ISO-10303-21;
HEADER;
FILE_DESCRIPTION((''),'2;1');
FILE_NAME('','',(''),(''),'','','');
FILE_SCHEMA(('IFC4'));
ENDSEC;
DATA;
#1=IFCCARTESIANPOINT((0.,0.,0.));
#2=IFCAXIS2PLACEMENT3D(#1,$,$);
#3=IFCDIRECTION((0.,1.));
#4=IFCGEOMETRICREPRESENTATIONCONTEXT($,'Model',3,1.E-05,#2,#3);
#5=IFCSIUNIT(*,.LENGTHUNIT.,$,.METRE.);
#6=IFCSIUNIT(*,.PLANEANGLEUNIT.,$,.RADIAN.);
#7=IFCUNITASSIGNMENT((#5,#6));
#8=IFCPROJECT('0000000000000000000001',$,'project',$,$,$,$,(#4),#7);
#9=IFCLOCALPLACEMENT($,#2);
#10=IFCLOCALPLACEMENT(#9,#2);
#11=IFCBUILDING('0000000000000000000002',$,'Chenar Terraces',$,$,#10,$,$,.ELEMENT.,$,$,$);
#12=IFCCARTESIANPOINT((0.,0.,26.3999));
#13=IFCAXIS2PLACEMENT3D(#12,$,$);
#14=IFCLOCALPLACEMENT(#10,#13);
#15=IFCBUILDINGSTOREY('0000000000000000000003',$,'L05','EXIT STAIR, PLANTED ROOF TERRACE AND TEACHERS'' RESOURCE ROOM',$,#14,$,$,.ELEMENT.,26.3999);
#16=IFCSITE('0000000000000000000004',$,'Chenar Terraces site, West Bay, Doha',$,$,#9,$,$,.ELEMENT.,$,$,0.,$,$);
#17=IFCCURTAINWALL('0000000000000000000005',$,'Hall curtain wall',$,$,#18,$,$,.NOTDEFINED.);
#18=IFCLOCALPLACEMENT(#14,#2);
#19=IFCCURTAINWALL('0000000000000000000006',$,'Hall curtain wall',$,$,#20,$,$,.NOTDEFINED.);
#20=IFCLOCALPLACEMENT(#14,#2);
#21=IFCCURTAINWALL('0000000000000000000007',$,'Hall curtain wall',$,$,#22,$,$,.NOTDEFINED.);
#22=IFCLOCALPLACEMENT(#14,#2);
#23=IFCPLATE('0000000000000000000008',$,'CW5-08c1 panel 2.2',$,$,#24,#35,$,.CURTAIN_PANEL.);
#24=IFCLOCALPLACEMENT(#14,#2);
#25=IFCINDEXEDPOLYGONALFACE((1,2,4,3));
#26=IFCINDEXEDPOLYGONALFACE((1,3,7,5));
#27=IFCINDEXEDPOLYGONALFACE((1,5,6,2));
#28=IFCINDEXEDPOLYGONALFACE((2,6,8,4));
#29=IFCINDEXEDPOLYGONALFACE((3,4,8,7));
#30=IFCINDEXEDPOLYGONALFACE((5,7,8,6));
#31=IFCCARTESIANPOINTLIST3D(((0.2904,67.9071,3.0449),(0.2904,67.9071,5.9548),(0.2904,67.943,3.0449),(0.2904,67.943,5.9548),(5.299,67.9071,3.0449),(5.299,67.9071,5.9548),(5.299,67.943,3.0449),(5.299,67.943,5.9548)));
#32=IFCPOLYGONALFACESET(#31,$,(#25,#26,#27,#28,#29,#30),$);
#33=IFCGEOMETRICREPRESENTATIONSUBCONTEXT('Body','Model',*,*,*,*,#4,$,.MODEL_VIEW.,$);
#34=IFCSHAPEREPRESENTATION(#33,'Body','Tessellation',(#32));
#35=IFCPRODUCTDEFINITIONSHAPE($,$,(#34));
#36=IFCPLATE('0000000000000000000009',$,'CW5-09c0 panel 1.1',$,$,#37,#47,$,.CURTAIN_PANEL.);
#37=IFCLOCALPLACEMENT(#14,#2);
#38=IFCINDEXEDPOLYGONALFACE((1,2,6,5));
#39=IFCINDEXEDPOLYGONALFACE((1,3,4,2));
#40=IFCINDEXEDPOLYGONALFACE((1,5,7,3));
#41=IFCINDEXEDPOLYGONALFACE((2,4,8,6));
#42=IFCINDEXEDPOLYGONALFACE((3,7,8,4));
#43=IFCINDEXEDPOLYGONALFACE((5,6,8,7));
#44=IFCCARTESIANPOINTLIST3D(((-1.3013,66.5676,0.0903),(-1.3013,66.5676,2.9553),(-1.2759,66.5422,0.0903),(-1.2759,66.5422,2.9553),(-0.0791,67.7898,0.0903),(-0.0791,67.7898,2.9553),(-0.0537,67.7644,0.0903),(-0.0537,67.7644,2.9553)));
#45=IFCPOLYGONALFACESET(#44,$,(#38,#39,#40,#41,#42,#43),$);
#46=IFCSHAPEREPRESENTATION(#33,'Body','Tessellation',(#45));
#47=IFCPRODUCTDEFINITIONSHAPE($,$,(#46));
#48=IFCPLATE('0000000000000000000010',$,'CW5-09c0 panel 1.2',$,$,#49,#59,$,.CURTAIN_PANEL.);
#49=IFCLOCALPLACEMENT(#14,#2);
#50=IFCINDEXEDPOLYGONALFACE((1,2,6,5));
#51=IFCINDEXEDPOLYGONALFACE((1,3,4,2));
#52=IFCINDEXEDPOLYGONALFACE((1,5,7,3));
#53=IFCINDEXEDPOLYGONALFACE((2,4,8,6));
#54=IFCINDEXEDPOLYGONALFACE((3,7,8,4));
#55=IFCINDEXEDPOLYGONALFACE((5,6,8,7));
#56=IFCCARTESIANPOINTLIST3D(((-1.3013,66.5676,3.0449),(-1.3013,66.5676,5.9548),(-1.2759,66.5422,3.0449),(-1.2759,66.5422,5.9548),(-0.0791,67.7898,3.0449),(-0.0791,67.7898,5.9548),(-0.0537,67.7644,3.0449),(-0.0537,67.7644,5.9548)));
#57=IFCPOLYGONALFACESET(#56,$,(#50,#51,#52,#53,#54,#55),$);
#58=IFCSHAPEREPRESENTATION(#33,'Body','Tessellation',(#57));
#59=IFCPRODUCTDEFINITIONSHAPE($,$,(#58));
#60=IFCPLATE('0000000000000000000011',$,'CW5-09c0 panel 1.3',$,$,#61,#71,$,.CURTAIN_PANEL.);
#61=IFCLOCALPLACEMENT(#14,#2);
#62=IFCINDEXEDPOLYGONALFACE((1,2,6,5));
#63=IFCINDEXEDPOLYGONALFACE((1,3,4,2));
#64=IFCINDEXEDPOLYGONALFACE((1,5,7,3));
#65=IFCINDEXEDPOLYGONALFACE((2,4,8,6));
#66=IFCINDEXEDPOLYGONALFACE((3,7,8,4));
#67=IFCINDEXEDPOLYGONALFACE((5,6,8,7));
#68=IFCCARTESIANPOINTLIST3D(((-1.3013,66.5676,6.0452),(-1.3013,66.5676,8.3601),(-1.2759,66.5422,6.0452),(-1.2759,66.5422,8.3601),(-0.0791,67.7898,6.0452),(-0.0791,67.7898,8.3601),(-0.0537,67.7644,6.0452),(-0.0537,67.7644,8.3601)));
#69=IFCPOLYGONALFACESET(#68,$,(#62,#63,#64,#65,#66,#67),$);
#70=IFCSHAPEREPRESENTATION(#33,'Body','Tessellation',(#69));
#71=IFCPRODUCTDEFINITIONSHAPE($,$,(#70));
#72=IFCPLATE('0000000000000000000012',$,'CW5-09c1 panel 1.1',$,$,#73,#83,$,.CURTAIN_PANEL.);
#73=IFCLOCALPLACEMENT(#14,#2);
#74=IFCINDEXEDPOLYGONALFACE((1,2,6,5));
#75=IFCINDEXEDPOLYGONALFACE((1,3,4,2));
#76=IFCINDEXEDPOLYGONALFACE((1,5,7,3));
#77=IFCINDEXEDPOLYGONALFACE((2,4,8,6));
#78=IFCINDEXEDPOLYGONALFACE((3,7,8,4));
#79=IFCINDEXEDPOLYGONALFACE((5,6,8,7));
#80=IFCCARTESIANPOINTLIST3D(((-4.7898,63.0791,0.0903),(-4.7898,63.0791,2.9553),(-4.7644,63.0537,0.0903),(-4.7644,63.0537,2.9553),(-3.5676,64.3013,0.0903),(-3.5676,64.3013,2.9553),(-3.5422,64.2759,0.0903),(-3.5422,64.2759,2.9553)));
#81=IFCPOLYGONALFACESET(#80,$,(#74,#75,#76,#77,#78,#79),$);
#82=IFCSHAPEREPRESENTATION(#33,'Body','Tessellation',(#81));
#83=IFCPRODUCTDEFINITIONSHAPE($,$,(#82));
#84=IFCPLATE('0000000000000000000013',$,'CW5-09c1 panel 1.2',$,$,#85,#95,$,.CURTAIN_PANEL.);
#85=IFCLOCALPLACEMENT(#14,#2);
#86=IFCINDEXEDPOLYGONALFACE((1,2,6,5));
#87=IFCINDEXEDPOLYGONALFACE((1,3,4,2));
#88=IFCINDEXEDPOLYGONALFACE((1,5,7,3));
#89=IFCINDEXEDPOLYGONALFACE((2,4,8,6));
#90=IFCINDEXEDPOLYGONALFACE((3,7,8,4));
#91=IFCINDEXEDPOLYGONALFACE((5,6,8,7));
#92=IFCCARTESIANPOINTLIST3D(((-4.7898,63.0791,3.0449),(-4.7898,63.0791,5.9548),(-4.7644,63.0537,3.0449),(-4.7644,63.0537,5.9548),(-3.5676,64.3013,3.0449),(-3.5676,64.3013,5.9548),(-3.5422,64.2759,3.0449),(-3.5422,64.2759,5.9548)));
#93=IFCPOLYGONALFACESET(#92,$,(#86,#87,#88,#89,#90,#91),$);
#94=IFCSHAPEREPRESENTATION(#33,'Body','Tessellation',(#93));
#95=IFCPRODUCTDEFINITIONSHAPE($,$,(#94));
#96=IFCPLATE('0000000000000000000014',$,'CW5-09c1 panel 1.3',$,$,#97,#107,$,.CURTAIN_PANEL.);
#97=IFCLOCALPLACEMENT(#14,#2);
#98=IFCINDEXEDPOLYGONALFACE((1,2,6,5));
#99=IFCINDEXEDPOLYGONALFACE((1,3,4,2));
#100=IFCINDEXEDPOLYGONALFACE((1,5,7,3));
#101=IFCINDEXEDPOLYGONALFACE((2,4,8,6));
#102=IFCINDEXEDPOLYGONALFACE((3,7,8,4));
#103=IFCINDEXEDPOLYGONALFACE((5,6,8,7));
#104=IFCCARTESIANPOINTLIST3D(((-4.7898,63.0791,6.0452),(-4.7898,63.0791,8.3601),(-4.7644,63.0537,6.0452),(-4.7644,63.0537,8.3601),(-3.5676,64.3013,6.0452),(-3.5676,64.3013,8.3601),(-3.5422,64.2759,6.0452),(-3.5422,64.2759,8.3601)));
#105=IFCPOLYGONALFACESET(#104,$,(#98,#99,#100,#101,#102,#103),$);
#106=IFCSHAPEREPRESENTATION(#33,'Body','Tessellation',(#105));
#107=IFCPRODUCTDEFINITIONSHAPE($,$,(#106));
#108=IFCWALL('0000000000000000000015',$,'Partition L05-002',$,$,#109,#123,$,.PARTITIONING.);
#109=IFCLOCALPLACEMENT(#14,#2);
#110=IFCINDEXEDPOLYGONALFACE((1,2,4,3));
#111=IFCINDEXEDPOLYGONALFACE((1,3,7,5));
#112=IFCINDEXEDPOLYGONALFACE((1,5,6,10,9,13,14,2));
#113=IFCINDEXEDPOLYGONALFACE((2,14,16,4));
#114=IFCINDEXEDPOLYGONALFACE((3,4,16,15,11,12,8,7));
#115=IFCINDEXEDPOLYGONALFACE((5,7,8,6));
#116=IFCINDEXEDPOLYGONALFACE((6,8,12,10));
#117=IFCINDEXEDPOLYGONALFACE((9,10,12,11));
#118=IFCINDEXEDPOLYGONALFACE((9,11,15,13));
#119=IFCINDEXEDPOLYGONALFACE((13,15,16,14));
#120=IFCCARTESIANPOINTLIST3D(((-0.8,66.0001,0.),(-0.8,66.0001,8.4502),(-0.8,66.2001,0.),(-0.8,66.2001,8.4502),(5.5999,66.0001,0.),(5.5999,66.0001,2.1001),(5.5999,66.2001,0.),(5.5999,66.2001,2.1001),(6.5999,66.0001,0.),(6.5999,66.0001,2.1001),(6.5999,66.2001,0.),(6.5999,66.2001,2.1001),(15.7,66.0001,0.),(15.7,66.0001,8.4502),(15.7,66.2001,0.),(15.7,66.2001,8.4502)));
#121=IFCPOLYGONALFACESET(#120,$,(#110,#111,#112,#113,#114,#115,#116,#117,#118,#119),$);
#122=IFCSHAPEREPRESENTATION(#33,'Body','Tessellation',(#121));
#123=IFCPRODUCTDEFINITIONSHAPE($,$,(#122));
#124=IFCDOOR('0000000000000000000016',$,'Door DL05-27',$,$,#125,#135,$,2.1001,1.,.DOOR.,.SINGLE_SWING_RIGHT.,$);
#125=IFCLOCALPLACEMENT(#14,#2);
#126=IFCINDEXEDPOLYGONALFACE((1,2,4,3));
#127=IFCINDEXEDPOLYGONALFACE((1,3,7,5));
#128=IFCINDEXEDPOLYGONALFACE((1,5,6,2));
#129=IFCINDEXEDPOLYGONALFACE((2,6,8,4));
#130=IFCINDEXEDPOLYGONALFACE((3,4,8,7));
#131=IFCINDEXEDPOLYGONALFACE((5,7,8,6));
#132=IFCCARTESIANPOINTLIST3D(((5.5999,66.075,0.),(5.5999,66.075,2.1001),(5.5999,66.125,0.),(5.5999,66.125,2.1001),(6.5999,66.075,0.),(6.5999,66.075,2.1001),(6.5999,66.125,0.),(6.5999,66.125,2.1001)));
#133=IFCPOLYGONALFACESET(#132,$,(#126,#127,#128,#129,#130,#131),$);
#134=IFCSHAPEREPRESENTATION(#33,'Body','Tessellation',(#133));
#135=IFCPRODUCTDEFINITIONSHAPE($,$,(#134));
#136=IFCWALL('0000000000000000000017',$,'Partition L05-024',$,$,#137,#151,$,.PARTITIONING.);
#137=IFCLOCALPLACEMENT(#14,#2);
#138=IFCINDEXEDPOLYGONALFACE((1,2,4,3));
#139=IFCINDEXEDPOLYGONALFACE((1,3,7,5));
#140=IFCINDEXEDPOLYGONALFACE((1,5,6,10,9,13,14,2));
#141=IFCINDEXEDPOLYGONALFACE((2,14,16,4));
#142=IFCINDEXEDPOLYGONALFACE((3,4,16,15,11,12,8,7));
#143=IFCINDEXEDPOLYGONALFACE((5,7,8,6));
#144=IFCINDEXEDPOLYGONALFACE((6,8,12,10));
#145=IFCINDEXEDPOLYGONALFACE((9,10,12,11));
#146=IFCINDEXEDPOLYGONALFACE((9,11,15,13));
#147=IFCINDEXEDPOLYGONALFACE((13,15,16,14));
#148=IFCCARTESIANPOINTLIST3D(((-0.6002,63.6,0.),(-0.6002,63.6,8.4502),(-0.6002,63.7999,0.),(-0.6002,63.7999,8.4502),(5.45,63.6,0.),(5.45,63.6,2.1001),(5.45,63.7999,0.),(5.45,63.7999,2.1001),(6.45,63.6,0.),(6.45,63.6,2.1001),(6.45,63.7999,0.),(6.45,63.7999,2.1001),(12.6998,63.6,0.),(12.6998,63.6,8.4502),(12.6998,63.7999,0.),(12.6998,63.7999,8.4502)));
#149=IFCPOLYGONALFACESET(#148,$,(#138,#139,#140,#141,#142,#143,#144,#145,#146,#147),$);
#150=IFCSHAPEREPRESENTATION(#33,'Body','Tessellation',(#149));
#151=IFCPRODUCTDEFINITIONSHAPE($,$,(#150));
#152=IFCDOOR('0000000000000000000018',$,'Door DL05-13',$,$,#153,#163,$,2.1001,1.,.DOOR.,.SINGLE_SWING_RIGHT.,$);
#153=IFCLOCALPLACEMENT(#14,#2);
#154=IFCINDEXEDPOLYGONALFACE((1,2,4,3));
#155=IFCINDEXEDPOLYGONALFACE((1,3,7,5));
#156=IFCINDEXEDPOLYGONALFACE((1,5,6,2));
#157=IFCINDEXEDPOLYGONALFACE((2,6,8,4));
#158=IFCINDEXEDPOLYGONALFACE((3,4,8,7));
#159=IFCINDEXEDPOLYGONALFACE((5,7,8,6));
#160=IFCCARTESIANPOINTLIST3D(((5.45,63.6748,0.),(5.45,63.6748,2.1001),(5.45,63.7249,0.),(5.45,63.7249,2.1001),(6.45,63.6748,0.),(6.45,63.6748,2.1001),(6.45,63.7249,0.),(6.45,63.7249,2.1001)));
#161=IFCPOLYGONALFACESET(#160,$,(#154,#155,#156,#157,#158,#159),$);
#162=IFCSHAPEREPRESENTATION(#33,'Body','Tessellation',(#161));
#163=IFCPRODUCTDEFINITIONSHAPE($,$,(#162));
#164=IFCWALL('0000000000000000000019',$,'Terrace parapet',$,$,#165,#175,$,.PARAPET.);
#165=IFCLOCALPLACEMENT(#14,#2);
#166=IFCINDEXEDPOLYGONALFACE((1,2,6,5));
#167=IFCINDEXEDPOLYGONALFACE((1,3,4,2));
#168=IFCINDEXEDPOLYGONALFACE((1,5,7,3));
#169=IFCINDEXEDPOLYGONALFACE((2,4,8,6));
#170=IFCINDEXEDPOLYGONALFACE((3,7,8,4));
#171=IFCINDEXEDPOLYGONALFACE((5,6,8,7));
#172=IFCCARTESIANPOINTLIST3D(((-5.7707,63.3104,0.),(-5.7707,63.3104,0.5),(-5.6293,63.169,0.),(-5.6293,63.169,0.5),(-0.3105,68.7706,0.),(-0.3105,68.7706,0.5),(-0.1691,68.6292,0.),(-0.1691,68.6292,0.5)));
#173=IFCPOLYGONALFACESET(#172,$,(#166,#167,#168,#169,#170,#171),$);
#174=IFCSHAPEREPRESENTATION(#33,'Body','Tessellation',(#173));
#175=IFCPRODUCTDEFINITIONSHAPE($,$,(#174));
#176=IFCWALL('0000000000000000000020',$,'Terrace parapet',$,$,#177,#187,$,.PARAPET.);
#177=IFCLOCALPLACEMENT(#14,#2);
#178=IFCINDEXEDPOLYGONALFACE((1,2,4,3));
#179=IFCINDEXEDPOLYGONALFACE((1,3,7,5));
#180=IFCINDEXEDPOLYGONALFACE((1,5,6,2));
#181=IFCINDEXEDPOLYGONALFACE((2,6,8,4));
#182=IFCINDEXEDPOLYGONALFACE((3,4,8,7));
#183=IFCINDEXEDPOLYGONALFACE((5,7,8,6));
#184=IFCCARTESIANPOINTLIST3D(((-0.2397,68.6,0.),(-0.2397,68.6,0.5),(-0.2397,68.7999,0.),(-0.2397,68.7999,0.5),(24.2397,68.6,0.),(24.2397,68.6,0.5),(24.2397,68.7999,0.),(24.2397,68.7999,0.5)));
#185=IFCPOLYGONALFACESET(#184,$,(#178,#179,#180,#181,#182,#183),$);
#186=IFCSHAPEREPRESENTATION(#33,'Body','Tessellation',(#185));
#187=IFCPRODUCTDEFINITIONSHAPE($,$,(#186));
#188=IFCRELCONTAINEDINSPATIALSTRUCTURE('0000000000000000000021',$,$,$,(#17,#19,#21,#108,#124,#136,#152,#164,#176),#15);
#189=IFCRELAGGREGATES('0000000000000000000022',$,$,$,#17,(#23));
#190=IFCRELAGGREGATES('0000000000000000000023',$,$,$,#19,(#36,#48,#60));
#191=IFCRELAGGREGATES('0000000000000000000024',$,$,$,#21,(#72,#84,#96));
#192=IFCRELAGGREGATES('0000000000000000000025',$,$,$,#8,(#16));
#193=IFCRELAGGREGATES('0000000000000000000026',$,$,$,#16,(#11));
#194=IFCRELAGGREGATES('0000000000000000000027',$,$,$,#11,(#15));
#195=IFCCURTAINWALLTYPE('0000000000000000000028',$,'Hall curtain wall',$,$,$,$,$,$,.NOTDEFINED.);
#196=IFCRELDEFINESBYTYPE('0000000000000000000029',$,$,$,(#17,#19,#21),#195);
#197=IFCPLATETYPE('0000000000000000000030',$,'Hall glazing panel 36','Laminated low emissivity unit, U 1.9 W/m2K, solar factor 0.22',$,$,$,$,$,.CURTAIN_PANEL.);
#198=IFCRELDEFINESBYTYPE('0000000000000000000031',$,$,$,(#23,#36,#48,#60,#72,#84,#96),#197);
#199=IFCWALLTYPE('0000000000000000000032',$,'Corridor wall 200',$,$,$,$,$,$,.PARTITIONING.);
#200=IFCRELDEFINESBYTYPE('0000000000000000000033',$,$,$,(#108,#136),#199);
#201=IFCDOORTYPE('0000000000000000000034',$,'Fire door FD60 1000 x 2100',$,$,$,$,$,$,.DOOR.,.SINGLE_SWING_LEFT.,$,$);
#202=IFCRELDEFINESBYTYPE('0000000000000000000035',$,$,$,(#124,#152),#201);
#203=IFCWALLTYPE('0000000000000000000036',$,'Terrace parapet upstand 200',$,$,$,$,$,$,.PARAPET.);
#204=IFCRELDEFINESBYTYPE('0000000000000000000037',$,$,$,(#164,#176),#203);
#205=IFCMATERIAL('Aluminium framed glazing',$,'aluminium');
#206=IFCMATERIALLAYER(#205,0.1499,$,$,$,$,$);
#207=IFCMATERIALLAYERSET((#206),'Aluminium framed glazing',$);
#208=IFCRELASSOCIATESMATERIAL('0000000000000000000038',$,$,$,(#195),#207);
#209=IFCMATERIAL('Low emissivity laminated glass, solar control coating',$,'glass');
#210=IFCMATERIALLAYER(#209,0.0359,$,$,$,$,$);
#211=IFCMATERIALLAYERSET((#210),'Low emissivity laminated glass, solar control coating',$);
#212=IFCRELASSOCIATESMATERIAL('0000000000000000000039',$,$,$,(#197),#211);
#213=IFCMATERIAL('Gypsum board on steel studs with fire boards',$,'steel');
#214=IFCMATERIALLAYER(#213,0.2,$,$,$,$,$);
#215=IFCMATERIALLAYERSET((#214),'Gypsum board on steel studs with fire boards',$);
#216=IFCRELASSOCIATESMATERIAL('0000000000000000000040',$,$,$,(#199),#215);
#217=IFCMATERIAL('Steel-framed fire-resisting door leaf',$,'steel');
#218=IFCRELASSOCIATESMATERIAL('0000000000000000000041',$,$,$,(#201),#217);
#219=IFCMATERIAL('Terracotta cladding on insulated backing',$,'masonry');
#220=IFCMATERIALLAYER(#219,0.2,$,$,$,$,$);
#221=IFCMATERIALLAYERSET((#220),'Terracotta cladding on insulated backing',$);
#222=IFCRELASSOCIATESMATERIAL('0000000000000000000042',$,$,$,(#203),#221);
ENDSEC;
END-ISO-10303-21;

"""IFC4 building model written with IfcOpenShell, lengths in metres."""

from ifc_helpers import new_model, si_unit, direction, frame, frame_2d, origin, origin_2d, place, context, subcontext, project, spatial, rectangle, extrude, material, layer, layer_set, type_object, element, fill, aggregate, save


model = new_model("IFC4")

# Units and contexts
model_context = context("Model", 3, precision=1e-05, world=origin(), true_north=direction((0.0, 1.0)))
body_context = subcontext(model_context, "Body", "Model", "MODEL_VIEW")
ifc_project = project(units=[si_unit("LENGTHUNIT", "METRE"), si_unit("PLANEANGLEUNIT", "RADIAN")], contexts=[model_context])

# Site, building, storey
site_placement = place(None, origin())
site = spatial("IfcSite", under=ifc_project, at=site_placement, Name="Chenar Terraces site, West Bay, Doha", CompositionType="ELEMENT", RefElevation=0.0)
building_placement = place(site_placement, origin())
building = spatial("IfcBuilding", under=site, at=building_placement, Name="Chenar Terraces", CompositionType="ELEMENT")
storey_placement = place(building_placement, frame((0.0, 0.0, 26.3999)))
storey = spatial("IfcBuildingStorey", under=building, at=storey_placement, Name="L05", Description="EXIT STAIR, PLANTED ROOF TERRACE AND TEACHERS' RESOURCE ROOM", CompositionType="ELEMENT", Elevation=26.3999)

# Curtain wall
ifc_material_1 = material(Name="Aluminium framed glazing", Category="aluminium")
ifc_layer_1 = layer(ifc_material_1, 0.1499)
ifc_layer_set_1 = layer_set([ifc_layer_1], Name="Aluminium framed glazing")
curtain_wall_type = type_object("IfcCurtainWallType", Name="Hall curtain wall", PredefinedType="NOTDEFINED", material=ifc_layer_set_1)
placement = place(storey_placement, origin())
curtain_wall_1 = element("IfcCurtainWall", 1, at=placement, inside=storey, type_object=curtain_wall_type, Name="Hall curtain wall", PredefinedType="NOTDEFINED")

# Curtain walls
curtain_wall_2 = element("IfcCurtainWall", 2, at=placement, inside=storey, type_object=curtain_wall_type, Name="Hall curtain wall", PredefinedType="NOTDEFINED")
curtain_wall_3 = element("IfcCurtainWall", 3, at=placement, inside=storey, type_object=curtain_wall_type, Name="Hall curtain wall", PredefinedType="NOTDEFINED")

# Plates
ifc_material_2 = material(Name="Low emissivity laminated glass, solar control coating", Category="glass")
ifc_layer_2 = layer(ifc_material_2, 0.0359)
ifc_layer_set_2 = layer_set([ifc_layer_2], Name="Low emissivity laminated glass, solar control coating")
plate_type = type_object("IfcPlateType", Name="Hall glazing panel 36", Description="Laminated low emissivity unit, U 1.9 W/m2K, solar factor 0.22", PredefinedType="CURTAIN_PANEL", material=ifc_layer_set_2)
plate_1_placement = place(storey_placement, frame((2.7947, 67.925, 3.0449), z_axis=(0.0, 0.0, 1.0), x_axis=(-1.0, 0.0, 0.0)))
plate_1 = element("IfcPlate", 4, at=plate_1_placement, type_object=plate_type, Name="CW5-08c1 panel 2.2", PredefinedType="CURTAIN_PANEL", context=body_context, shape_type="SweptSolid", body=[
    extrude(rectangle(XDim=5.0085, YDim=0.0359, at=origin_2d()), origin(), (0.0, 0.0, 1.0), 2.9099),
])
aggregate(curtain_wall_1, [plate_1])
plate_2_placement = place(storey_placement, frame((-0.6775, 67.166, 0.0903), z_axis=(0.0, 0.0, 1.0), x_axis=(-0.707107, -0.707107, 0.0)))
plate_2 = element("IfcPlate", 5, at=plate_2_placement, type_object=plate_type, Name="CW5-09c0 panel 1.1", PredefinedType="CURTAIN_PANEL", context=body_context, shape_type="SweptSolid", body=[
    extrude(rectangle(XDim=1.7285, YDim=0.0359, at=origin_2d()), origin(), (0.0, 0.0, 1.0), 2.865),
])
plate_3_placement = place(storey_placement, frame((-0.6775, 67.166, 3.0449), z_axis=(0.0, 0.0, 1.0), x_axis=(-0.707107, -0.707107, 0.0)))
plate_3 = element("IfcPlate", 6, at=plate_3_placement, type_object=plate_type, Name="CW5-09c0 panel 1.2", PredefinedType="CURTAIN_PANEL", context=body_context, shape_type="SweptSolid", body=[
    extrude(rectangle(XDim=1.7285, YDim=0.0359, at=origin_2d()), origin(), (0.0, 0.0, 1.0), 2.9099),
])
plate_4_placement = place(storey_placement, frame((-0.6775, 67.166, 6.0452), z_axis=(0.0, 0.0, 1.0), x_axis=(-0.707107, -0.707107, 0.0)))
plate_4 = element("IfcPlate", 7, at=plate_4_placement, type_object=plate_type, Name="CW5-09c0 panel 1.3", PredefinedType="CURTAIN_PANEL", context=body_context, shape_type="SweptSolid", body=[
    extrude(rectangle(XDim=1.7285, YDim=0.0359, at=origin_2d()), origin(), (0.0, 0.0, 1.0), 2.3149),
])
aggregate(curtain_wall_2, [plate_2, plate_3, plate_4])
plate_5_placement = place(storey_placement, frame((-4.166, 63.6775, 0.0903), z_axis=(0.0, 0.0, 1.0), x_axis=(-0.707107, -0.707107, 0.0)))
plate_5 = element("IfcPlate", 8, at=plate_5_placement, type_object=plate_type, Name="CW5-09c1 panel 1.1", PredefinedType="CURTAIN_PANEL", context=body_context, shape_type="SweptSolid", body=[
    extrude(rectangle(XDim=1.7285, YDim=0.0359, at=origin_2d()), origin(), (0.0, 0.0, 1.0), 2.865),
])
plate_6_placement = place(storey_placement, frame((-4.166, 63.6775, 3.0449), z_axis=(0.0, 0.0, 1.0), x_axis=(-0.707107, -0.707107, 0.0)))
plate_6 = element("IfcPlate", 9, at=plate_6_placement, type_object=plate_type, Name="CW5-09c1 panel 1.2", PredefinedType="CURTAIN_PANEL", context=body_context, shape_type="SweptSolid", body=[
    extrude(rectangle(XDim=1.7285, YDim=0.0359, at=origin_2d()), origin(), (0.0, 0.0, 1.0), 2.9099),
])
plate_7_placement = place(storey_placement, frame((-4.166, 63.6775, 6.0452), z_axis=(0.0, 0.0, 1.0), x_axis=(-0.707107, -0.707107, 0.0)))
plate_7 = element("IfcPlate", 10, at=plate_7_placement, type_object=plate_type, Name="CW5-09c1 panel 1.3", PredefinedType="CURTAIN_PANEL", context=body_context, shape_type="SweptSolid", body=[
    extrude(rectangle(XDim=1.7285, YDim=0.0359, at=origin_2d()), origin(), (0.0, 0.0, 1.0), 2.3149),
])
aggregate(curtain_wall_3, [plate_5, plate_6, plate_7])

# Walls, openings, doors
ifc_material_3 = material(Name="Gypsum board on steel studs with fire boards", Category="steel")
ifc_layer_3 = layer(ifc_material_3, 0.2)
ifc_layer_set_3 = layer_set([ifc_layer_3], Name="Gypsum board on steel studs with fire boards")
wall_type_1 = type_object("IfcWallType", Name="Corridor wall 200", PredefinedType="PARTITIONING", material=ifc_layer_set_3)
wall_1_placement = place(storey_placement, frame((-0.8, 66.1001, 0.0), z_axis=(0.0, 0.0, 1.0), x_axis=(1.0, 0.0, 0.0)))
wall_1 = element("IfcWall", 11, at=wall_1_placement, inside=storey, type_object=wall_type_1, Name="Partition L05-002", PredefinedType="PARTITIONING", context=body_context, shape_type="SweptSolid", body=[
    extrude(rectangle(XDim=16.5, YDim=0.2, at=frame_2d((8.25, 0.0))), origin(), (0.0, 0.0, 1.0), 8.4502),
])
opening_1_placement = place(wall_1_placement, frame((6.3999, 0.0, 0.0)))
opening_1 = element("IfcOpeningElement", 12, at=opening_1_placement, cuts=wall_1, PredefinedType="OPENING", context=body_context, shape_type="SweptSolid", body=[
    extrude(rectangle(XDim=1.0, YDim=2.1001, at=frame_2d((0.5, 1.05))), frame((0.0, 0.1099, 0.0), z_axis=(0.0, -1.0, 0.0), x_axis=(1.0, 0.0, 0.0)), (0.0, 0.0, 1.0), 0.22),
])
ifc_material_4 = material(Name="Steel-framed fire-resisting door leaf", Category="steel")
door_type_1 = type_object("IfcDoorType", Name="Fire door FD60 1000 x 2100", OperationType="SINGLE_SWING_LEFT", PredefinedType="DOOR", material=ifc_material_4)
door_1_placement = place(opening_1_placement, origin())
door_1 = element("IfcDoor", 13, at=door_1_placement, inside=storey, type_object=door_type_1, Name="Door DL05-27", OperationType="SINGLE_SWING_RIGHT", OverallHeight=2.1001, OverallWidth=1.0, PredefinedType="DOOR", context=body_context, shape_type="SweptSolid", body=[
    extrude(rectangle(XDim=1.0, YDim=2.1001, at=frame_2d((0.5, 1.05))), frame((0.0, 0.0249, 0.0), z_axis=(0.0, -1.0, 0.0), x_axis=(1.0, 0.0, 0.0)), (0.0, 0.0, 1.0), 0.05),
])
fill(opening_1, door_1)
wall_2_placement = place(storey_placement, frame((-0.6001, 63.7, 0.0), z_axis=(0.0, 0.0, 1.0), x_axis=(1.0, 0.0, 0.0)))
wall_2 = element("IfcWall", 14, at=wall_2_placement, inside=storey, type_object=wall_type_1, Name="Partition L05-024", PredefinedType="PARTITIONING", context=body_context, shape_type="SweptSolid", body=[
    extrude(rectangle(XDim=13.3, YDim=0.2, at=frame_2d((6.6499, 0.0))), origin(), (0.0, 0.0, 1.0), 8.4502),
])
opening_2_placement = place(wall_2_placement, frame((6.05, 0.0, 0.0)))
opening_2 = element("IfcOpeningElement", 15, at=opening_2_placement, cuts=wall_2, PredefinedType="OPENING", context=body_context, shape_type="SweptSolid", body=[
    extrude(rectangle(XDim=1.0, YDim=2.1001, at=frame_2d((0.5, 1.05))), frame((0.0, 0.1099, 0.0), z_axis=(0.0, -1.0, 0.0), x_axis=(1.0, 0.0, 0.0)), (0.0, 0.0, 1.0), 0.22),
])
door_2_placement = place(opening_2_placement, origin())
door_2 = element("IfcDoor", 16, at=door_2_placement, inside=storey, type_object=door_type_1, Name="Door DL05-13", OperationType="SINGLE_SWING_RIGHT", OverallHeight=2.1001, OverallWidth=1.0, PredefinedType="DOOR", context=body_context, shape_type="SweptSolid", body=[
    extrude(rectangle(XDim=1.0, YDim=2.1001, at=frame_2d((0.5, 1.05))), frame((0.0, 0.0249, 0.0), z_axis=(0.0, -1.0, 0.0), x_axis=(1.0, 0.0, 0.0)), (0.0, 0.0, 1.0), 0.05),
])
fill(opening_2, door_2)

# Walls
ifc_material_5 = material(Name="Terracotta cladding on insulated backing", Category="masonry")
ifc_layer_4 = layer(ifc_material_5, 0.2)
ifc_layer_set_4 = layer_set([ifc_layer_4], Name="Terracotta cladding on insulated backing")
wall_type_2 = type_object("IfcWallType", Name="Terrace parapet upstand 200", PredefinedType="PARAPET", material=ifc_layer_set_4)
wall_3_placement = place(storey_placement, frame((-5.7, 63.2397, 0.0), z_axis=(0.0, 0.0, 1.0), x_axis=(0.707107, 0.707107, 0.0)))
element("IfcWall", 17, at=wall_3_placement, inside=storey, type_object=wall_type_2, Name="Terrace parapet", PredefinedType="PARAPET", context=body_context, shape_type="SweptSolid", body=[
    extrude(rectangle(XDim=7.7219, YDim=0.2, at=frame_2d((3.8608, 0.0))), origin(), (0.0, 0.0, 1.0), 0.5),
])
wall_4_placement = place(storey_placement, frame((-0.2397, 68.7, 0.0), z_axis=(0.0, 0.0, 1.0), x_axis=(1.0, 0.0, 0.0)))
element("IfcWall", 18, at=wall_4_placement, inside=storey, type_object=wall_type_2, Name="Terrace parapet", PredefinedType="PARAPET", context=body_context, shape_type="SweptSolid", body=[
    extrude(rectangle(XDim=24.4795, YDim=0.2, at=frame_2d((12.2397, 0.0))), origin(), (0.0, 0.0, 1.0), 0.5),
])

save(model, "model.ifc")
